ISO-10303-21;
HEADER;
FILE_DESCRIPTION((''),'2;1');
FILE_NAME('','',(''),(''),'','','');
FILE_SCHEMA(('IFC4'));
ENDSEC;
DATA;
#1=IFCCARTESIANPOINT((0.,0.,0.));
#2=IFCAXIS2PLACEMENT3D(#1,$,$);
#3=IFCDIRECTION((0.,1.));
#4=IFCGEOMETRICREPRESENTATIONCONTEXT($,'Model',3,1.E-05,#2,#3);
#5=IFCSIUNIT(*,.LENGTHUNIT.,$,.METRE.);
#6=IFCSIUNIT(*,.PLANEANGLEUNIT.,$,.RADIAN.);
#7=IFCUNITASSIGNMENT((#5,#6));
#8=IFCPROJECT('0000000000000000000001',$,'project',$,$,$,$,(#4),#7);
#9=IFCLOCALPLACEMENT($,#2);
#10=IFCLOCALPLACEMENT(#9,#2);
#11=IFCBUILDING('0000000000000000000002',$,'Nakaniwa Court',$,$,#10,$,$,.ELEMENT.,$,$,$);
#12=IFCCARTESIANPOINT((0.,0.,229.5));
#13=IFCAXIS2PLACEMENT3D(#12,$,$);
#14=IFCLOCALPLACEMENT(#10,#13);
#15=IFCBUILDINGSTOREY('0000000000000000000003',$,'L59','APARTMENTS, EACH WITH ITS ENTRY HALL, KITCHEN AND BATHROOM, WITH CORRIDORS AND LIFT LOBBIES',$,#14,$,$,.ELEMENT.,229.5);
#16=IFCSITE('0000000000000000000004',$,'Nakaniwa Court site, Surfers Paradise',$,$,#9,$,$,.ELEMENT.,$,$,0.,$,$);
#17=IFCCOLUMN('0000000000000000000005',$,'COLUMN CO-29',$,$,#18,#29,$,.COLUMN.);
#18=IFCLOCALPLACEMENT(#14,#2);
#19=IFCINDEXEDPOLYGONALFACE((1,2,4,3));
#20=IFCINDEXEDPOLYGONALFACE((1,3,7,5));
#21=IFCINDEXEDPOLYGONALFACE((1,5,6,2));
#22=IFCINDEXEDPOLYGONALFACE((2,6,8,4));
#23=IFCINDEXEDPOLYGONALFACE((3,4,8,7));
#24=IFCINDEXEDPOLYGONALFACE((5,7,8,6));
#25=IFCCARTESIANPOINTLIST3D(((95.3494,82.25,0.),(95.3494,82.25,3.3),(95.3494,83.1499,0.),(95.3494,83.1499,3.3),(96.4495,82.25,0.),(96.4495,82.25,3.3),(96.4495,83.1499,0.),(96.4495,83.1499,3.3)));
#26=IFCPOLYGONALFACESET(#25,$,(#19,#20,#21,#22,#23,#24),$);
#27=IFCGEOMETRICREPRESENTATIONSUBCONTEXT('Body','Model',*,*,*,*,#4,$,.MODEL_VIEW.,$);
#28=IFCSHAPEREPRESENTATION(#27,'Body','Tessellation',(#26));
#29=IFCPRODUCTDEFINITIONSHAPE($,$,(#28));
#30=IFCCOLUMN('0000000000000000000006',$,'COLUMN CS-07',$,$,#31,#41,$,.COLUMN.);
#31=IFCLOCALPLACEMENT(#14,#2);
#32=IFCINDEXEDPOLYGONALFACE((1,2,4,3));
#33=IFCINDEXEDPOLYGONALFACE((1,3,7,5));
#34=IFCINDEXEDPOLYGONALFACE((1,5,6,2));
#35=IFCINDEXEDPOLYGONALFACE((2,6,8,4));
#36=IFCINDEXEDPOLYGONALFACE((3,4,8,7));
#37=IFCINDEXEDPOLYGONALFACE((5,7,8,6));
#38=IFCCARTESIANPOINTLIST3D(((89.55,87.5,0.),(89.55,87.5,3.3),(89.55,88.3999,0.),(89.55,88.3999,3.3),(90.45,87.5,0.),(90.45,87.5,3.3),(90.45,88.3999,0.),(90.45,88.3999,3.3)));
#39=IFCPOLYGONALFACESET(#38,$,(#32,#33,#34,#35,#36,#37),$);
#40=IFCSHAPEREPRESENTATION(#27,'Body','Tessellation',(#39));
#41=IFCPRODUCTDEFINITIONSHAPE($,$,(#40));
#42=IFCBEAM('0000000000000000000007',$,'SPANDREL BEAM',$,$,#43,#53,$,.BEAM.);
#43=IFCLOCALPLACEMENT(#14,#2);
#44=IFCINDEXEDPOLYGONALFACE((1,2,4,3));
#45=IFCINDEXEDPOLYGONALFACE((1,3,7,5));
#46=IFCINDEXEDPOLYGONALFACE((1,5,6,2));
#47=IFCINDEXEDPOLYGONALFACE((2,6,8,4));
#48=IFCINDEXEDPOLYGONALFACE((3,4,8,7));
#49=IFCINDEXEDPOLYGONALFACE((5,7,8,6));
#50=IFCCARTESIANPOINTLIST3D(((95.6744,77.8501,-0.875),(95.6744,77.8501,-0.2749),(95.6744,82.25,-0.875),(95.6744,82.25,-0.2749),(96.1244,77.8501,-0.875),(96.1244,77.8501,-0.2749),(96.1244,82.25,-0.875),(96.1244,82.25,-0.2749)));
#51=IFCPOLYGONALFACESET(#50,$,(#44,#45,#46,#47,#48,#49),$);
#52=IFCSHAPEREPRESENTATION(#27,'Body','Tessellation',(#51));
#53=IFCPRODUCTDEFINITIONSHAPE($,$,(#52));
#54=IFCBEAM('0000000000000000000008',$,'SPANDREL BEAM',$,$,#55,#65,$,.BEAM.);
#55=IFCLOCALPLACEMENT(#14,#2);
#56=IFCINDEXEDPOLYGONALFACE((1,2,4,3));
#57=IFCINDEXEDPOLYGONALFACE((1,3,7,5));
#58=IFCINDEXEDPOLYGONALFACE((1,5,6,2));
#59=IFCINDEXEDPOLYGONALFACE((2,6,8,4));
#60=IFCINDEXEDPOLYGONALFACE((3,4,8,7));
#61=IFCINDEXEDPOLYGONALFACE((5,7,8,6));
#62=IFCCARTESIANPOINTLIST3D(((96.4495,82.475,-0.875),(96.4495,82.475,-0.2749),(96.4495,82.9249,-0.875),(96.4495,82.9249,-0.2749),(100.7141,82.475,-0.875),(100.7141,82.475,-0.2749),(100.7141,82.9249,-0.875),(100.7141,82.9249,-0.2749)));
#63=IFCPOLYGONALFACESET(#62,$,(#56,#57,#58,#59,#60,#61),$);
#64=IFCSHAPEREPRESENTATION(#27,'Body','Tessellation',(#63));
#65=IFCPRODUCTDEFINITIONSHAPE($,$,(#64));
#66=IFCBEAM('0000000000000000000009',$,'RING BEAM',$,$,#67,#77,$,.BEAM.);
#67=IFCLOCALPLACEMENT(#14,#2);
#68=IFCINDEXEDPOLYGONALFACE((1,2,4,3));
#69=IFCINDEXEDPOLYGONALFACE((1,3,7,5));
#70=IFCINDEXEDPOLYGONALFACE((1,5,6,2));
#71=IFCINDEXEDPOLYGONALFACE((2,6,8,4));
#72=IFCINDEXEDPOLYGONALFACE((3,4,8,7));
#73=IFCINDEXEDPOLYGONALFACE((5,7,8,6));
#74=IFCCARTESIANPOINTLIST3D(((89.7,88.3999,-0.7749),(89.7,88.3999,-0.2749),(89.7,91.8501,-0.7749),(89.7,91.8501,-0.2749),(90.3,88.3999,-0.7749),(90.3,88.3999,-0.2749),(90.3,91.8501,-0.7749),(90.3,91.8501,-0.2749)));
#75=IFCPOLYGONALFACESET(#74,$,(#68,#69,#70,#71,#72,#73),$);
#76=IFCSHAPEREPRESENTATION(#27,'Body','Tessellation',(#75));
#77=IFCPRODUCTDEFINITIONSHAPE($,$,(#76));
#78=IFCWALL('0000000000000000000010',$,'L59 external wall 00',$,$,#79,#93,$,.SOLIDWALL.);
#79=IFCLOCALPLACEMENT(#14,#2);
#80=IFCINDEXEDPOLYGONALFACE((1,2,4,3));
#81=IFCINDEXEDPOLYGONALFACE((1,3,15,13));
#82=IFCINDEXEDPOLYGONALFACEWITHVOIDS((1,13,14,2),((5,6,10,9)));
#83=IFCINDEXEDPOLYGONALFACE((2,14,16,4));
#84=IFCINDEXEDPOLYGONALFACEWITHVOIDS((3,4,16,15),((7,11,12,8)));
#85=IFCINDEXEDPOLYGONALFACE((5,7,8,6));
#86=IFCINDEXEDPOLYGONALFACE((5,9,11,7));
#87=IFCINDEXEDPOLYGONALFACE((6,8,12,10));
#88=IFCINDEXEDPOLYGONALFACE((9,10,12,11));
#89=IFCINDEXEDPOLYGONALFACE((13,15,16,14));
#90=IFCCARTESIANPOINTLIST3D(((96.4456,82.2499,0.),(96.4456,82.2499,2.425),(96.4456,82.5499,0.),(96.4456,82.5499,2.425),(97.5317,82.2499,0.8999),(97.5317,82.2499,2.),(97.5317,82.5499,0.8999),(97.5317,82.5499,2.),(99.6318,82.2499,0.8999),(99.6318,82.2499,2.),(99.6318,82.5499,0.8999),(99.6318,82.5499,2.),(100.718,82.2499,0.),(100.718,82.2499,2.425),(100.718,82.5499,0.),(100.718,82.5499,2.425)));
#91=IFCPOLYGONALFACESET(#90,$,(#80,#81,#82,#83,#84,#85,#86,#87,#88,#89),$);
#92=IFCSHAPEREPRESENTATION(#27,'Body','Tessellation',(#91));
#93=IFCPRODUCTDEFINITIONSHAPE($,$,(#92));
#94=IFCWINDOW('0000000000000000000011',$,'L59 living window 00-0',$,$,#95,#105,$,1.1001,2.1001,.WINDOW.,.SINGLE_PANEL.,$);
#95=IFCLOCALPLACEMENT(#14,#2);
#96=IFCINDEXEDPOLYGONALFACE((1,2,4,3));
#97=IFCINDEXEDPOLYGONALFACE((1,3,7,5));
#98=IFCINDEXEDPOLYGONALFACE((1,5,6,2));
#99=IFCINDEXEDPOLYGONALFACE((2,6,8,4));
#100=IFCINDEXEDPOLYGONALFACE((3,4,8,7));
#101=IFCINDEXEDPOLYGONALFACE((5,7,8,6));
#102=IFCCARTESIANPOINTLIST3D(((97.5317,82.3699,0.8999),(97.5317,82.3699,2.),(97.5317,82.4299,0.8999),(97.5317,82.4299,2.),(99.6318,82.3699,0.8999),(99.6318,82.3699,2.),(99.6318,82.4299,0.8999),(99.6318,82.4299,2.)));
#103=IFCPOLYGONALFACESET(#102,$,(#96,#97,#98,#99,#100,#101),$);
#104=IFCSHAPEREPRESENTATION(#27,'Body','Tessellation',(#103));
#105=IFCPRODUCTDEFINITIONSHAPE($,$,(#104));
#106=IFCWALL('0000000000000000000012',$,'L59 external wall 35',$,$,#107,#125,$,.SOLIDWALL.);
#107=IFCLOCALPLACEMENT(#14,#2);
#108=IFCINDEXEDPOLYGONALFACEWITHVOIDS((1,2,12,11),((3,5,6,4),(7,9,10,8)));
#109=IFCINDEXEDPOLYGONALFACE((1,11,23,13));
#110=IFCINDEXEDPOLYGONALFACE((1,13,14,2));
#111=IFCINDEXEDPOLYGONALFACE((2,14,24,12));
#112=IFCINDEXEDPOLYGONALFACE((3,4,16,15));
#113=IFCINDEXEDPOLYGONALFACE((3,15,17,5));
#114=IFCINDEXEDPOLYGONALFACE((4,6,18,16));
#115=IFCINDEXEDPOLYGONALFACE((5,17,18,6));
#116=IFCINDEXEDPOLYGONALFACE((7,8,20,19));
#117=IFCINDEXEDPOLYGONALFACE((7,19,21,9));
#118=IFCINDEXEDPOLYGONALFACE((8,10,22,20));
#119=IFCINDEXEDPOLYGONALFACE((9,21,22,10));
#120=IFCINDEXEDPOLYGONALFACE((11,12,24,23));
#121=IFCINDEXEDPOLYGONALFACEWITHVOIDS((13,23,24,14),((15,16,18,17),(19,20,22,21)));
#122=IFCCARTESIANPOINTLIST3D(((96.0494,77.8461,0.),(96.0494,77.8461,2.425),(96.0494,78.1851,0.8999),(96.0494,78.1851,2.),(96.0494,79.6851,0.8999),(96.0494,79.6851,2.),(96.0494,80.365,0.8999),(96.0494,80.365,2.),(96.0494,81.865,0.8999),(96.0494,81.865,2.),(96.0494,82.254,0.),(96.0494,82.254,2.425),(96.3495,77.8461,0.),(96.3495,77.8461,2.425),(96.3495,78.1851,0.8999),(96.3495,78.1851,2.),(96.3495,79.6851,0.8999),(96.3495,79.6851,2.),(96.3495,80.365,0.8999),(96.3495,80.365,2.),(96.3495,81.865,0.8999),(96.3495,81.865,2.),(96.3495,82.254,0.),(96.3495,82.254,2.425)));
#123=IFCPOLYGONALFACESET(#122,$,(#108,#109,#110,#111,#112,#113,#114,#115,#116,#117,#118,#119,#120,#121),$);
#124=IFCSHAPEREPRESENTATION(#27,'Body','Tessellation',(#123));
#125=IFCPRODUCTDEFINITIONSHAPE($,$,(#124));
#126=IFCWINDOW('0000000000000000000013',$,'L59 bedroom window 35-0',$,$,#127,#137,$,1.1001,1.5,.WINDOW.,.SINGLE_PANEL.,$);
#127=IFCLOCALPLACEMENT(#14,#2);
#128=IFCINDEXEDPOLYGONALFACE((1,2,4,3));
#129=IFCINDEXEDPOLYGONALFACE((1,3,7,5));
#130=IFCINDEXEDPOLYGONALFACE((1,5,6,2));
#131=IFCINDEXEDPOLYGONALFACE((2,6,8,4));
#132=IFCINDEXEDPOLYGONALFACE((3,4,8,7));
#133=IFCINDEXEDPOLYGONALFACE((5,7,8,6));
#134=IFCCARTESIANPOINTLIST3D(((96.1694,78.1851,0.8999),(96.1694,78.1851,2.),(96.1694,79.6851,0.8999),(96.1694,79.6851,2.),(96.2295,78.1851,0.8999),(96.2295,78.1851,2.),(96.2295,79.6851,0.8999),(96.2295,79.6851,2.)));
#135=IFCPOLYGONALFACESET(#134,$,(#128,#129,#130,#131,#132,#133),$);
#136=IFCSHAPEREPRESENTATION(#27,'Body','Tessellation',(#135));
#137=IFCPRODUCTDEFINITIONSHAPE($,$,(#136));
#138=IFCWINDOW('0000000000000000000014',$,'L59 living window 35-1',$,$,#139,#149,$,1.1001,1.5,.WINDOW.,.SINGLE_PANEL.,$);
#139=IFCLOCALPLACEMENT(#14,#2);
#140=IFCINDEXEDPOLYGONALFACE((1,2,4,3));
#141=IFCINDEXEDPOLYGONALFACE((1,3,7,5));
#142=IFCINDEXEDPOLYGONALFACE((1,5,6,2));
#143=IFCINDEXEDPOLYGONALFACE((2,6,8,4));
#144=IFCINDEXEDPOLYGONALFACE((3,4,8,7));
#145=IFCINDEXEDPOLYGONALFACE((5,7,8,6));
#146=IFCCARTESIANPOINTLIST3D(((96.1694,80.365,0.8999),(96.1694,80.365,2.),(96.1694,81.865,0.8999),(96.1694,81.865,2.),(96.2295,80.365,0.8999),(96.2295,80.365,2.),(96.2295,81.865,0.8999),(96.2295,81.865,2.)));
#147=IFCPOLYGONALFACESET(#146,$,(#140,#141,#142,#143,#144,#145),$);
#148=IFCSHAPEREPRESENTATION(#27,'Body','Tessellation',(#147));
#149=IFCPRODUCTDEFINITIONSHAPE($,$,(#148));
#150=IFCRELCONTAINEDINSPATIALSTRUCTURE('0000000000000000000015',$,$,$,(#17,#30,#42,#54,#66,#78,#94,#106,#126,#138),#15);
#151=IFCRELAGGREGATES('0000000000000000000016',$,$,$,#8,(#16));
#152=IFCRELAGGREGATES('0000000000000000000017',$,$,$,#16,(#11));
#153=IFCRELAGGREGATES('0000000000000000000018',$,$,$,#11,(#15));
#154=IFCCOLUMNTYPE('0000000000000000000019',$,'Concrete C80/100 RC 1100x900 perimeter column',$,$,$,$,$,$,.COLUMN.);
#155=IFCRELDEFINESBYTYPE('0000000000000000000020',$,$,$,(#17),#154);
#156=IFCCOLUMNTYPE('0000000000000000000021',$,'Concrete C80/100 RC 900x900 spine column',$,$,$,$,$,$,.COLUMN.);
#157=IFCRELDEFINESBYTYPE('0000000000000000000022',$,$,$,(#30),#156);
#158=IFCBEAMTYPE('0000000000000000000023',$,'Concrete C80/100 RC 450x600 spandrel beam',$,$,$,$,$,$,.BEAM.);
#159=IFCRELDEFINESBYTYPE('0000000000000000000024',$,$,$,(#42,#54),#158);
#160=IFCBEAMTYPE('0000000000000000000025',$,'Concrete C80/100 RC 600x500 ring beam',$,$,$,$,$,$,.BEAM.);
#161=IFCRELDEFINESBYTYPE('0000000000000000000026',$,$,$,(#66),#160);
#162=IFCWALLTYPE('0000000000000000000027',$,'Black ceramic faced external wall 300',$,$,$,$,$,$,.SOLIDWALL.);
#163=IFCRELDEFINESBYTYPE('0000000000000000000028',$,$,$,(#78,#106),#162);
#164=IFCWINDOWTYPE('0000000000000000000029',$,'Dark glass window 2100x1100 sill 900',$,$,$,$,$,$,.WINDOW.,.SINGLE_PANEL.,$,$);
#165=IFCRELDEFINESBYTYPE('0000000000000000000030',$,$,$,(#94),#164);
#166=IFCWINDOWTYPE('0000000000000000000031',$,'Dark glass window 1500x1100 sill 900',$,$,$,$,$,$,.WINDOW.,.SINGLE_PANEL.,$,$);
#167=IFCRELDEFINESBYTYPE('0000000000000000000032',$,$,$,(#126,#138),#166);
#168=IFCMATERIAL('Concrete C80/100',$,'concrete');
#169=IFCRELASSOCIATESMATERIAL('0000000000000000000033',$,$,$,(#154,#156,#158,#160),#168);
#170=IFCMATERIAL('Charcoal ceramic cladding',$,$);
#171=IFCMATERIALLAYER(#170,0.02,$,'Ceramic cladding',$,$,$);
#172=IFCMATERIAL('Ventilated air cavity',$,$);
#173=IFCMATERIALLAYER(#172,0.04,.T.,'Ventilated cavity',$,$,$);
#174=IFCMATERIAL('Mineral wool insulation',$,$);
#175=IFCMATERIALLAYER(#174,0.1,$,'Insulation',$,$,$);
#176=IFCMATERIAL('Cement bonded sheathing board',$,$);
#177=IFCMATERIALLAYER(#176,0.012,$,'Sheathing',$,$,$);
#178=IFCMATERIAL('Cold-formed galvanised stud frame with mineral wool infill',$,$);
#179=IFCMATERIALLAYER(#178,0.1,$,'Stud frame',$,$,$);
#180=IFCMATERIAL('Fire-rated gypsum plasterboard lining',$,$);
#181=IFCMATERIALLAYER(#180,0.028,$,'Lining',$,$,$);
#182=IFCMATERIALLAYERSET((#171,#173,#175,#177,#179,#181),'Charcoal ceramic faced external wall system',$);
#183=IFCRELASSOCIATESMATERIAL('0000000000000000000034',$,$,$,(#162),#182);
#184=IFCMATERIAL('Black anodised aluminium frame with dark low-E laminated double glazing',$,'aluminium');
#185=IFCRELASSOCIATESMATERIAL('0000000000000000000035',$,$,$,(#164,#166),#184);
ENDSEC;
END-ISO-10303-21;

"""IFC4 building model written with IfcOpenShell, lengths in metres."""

from ifc_helpers import new_model, si_unit, direction, frame, frame_2d, origin, origin_2d, place, context, subcontext, project, spatial, rectangle, extrude, material, layer, layer_set, material_profile, profile_set, type_object, element, fill, save


model = new_model("IFC4")

# Units and contexts
model_context = context("Model", 3, precision=1e-05, world=origin(), true_north=direction((0.0, 1.0)))
body_context = subcontext(model_context, "Body", "Model", "MODEL_VIEW")
ifc_project = project(units=[si_unit("LENGTHUNIT", "METRE"), si_unit("PLANEANGLEUNIT", "RADIAN")], contexts=[model_context])

# Site, building, storey
site_placement = place(None, origin())
site = spatial("IfcSite", under=ifc_project, at=site_placement, Name="Nakaniwa Court site, Surfers Paradise", CompositionType="ELEMENT", RefElevation=0.0)
building_placement = place(site_placement, origin())
building = spatial("IfcBuilding", under=site, at=building_placement, Name="Nakaniwa Court", CompositionType="ELEMENT")
storey_placement = place(building_placement, frame((0.0, 0.0, 229.5)))
storey = spatial("IfcBuildingStorey", under=building, at=storey_placement, Name="L59", Description="APARTMENTS, EACH WITH ITS ENTRY HALL, KITCHEN AND BATHROOM, WITH CORRIDORS AND LIFT LOBBIES", CompositionType="ELEMENT", Elevation=229.5)

# Columns
ifc_material_1 = material(Name="Concrete C80/100", Category="concrete")
ifc_material_profile_1 = material_profile(ifc_material_1, rectangle(XDim=1.1001, YDim=0.8999, at=origin_2d()), Name="Concrete C80/100 RC 1100x900 perimeter column")
ifc_profile_set_1 = profile_set([ifc_material_profile_1], Name="Concrete C80/100")
column_type_1 = type_object("IfcColumnType", Name="Concrete C80/100 RC 1100x900 perimeter column", PredefinedType="COLUMN", material=ifc_profile_set_1)
column_1_placement = place(storey_placement, frame((95.8994, 82.7, 0.0), z_axis=(0.0, 0.0, 1.0), x_axis=(1.0, 0.0, 0.0)))
element("IfcColumn", 1, at=column_1_placement, inside=storey, type_object=column_type_1, Name="COLUMN CO-29", PredefinedType="COLUMN", context=body_context, shape_type="SweptSolid", body=[
    extrude(rectangle(XDim=1.1001, YDim=0.8999, at=origin_2d()), origin(), (0.0, 0.0, 1.0), 3.3),
])
ifc_material_profile_2 = material_profile(ifc_material_1, rectangle(XDim=0.8999, YDim=0.8999, at=origin_2d()), Name="Concrete C80/100 RC 900x900 spine column")
ifc_profile_set_2 = profile_set([ifc_material_profile_2], Name="Concrete C80/100")
column_type_2 = type_object("IfcColumnType", Name="Concrete C80/100 RC 900x900 spine column", PredefinedType="COLUMN", material=ifc_profile_set_2)
column_2_placement = place(storey_placement, frame((90.0, 87.95, 0.0), z_axis=(0.0, 0.0, 1.0), x_axis=(0.0, 1.0, 0.0)))
element("IfcColumn", 2, at=column_2_placement, inside=storey, type_object=column_type_2, Name="COLUMN CS-07", PredefinedType="COLUMN", context=body_context, shape_type="SweptSolid", body=[
    extrude(rectangle(XDim=0.8999, YDim=0.8999, at=origin_2d()), origin(), (0.0, 0.0, 1.0), 3.3),
])

# Beams
ifc_material_profile_3 = material_profile(ifc_material_1, rectangle(XDim=0.45, YDim=0.6001, at=origin_2d()), Name="Concrete C80/100 RC 450x600 spandrel beam")
ifc_profile_set_3 = profile_set([ifc_material_profile_3], Name="Concrete C80/100")
beam_type_1 = type_object("IfcBeamType", Name="Concrete C80/100 RC 450x600 spandrel beam", PredefinedType="BEAM", material=ifc_profile_set_3)
beam_1_placement = place(storey_placement, frame((95.8994, 77.8501, -0.575), z_axis=(0.0, 1.0, 0.0), x_axis=(-1.0, 0.0, 0.0)))
element("IfcBeam", 3, at=beam_1_placement, inside=storey, type_object=beam_type_1, Name="SPANDREL BEAM", PredefinedType="BEAM", context=body_context, shape_type="SweptSolid", body=[
    extrude(rectangle(XDim=0.45, YDim=0.6001, at=origin_2d()), origin(), (0.0, 0.0, 1.0), 4.3999),
])
beam_2_placement = place(storey_placement, frame((96.4495, 82.7, -0.575), z_axis=(1.0, 0.0, 0.0), x_axis=(0.0, 1.0, 0.0)))
element("IfcBeam", 4, at=beam_2_placement, inside=storey, type_object=beam_type_1, Name="SPANDREL BEAM", PredefinedType="BEAM", context=body_context, shape_type="SweptSolid", body=[
    extrude(rectangle(XDim=0.45, YDim=0.6001, at=origin_2d()), origin(), (0.0, 0.0, 1.0), 4.2646),
])
ifc_material_profile_4 = material_profile(ifc_material_1, rectangle(XDim=0.6001, YDim=0.5, at=origin_2d()), Name="Concrete C80/100 RC 600x500 ring beam")
ifc_profile_set_4 = profile_set([ifc_material_profile_4], Name="Concrete C80/100")
beam_type_2 = type_object("IfcBeamType", Name="Concrete C80/100 RC 600x500 ring beam", PredefinedType="BEAM", material=ifc_profile_set_4)
beam_3_placement = place(storey_placement, frame((90.0, 88.3999, -0.5249), z_axis=(0.0, 1.0, 0.0), x_axis=(-1.0, 0.0, 0.0)))
element("IfcBeam", 5, at=beam_3_placement, inside=storey, type_object=beam_type_2, Name="RING BEAM", PredefinedType="BEAM", context=body_context, shape_type="SweptSolid", body=[
    extrude(rectangle(XDim=0.6001, YDim=0.5, at=origin_2d()), origin(), (0.0, 0.0, 1.0), 3.4502),
])

# Wall, opening, window
ifc_material_2 = material(Name="Charcoal ceramic cladding")
ifc_layer_1 = layer(ifc_material_2, 0.02, Name="Ceramic cladding")
ifc_material_3 = material(Name="Ventilated air cavity")
ifc_layer_2 = layer(ifc_material_3, 0.04, ventilated=True, Name="Ventilated cavity")
ifc_material_4 = material(Name="Mineral wool insulation")
ifc_layer_3 = layer(ifc_material_4, 0.1, Name="Insulation")
ifc_material_5 = material(Name="Cement bonded sheathing board")
ifc_layer_4 = layer(ifc_material_5, 0.012, Name="Sheathing")
ifc_material_6 = material(Name="Cold-formed galvanised stud frame with mineral wool infill")
ifc_layer_5 = layer(ifc_material_6, 0.1, Name="Stud frame")
ifc_material_7 = material(Name="Fire-rated gypsum plasterboard lining")
ifc_layer_6 = layer(ifc_material_7, 0.028, Name="Lining")
ifc_layer_set_1 = layer_set([ifc_layer_1, ifc_layer_2, ifc_layer_3, ifc_layer_4, ifc_layer_5, ifc_layer_6], Name="Charcoal ceramic faced external wall system")
wall_type_1 = type_object("IfcWallType", Name="Black ceramic faced external wall 300", PredefinedType="SOLIDWALL", material=ifc_layer_set_1)
wall_1_placement = place(storey_placement, frame((96.4456, 82.3999, 0.0), z_axis=(0.0, 0.0, 1.0), x_axis=(1.0, 0.0, 0.0)))
wall_1 = element("IfcWall", 6, at=wall_1_placement, inside=storey, type_object=wall_type_1, Name="L59 external wall 00", PredefinedType="SOLIDWALL", context=body_context, shape_type="SweptSolid", body=[
    extrude(rectangle(XDim=4.2725, YDim=0.3, at=frame_2d((2.1362, 0.0))), origin(), (0.0, 0.0, 1.0), 2.425),
])
opening_1_placement = place(wall_1_placement, frame((1.0862, 0.0, 0.8999)))
opening_1 = element("IfcOpeningElement", 7, at=opening_1_placement, cuts=wall_1, PredefinedType="OPENING", context=body_context, shape_type="SweptSolid", body=[
    extrude(rectangle(XDim=2.1001, YDim=1.1001, at=frame_2d((1.05, 0.55))), frame((0.0, 0.1599, 0.0), z_axis=(0.0, -1.0, 0.0), x_axis=(1.0, 0.0, 0.0)), (0.0, 0.0, 1.0), 0.3201),
])
ifc_material_8 = material(Name="Black anodised aluminium frame with dark low-E laminated double glazing", Category="aluminium")
window_type_1 = type_object("IfcWindowType", Name="Dark glass window 2100x1100 sill 900", PartitioningType="SINGLE_PANEL", PredefinedType="WINDOW", material=ifc_material_8)
window_1_placement = place(opening_1_placement, origin())
window_1 = element("IfcWindow", 8, at=window_1_placement, inside=storey, type_object=window_type_1, Name="L59 living window 00-0", OverallHeight=1.1001, OverallWidth=2.1001, PartitioningType="SINGLE_PANEL", PredefinedType="WINDOW", context=body_context, shape_type="SweptSolid", body=[
    extrude(rectangle(XDim=2.1001, YDim=1.1001, at=frame_2d((1.05, 0.55))), frame((0.0, 0.03, 0.0), z_axis=(0.0, -1.0, 0.0), x_axis=(1.0, 0.0, 0.0)), (0.0, 0.0, 1.0), 0.0601),
])
fill(opening_1, window_1)

# Wall, openings, windows
wall_2_placement = place(storey_placement, frame((96.1995, 77.8459, 0.0), z_axis=(0.0, 0.0, 1.0), x_axis=(0.0, 1.0, 0.0)))
wall_2 = element("IfcWall", 9, at=wall_2_placement, inside=storey, type_object=wall_type_1, Name="L59 external wall 35", PredefinedType="SOLIDWALL", context=body_context, shape_type="SweptSolid", body=[
    extrude(rectangle(XDim=4.408, YDim=0.3, at=frame_2d((2.2041, 0.0))), origin(), (0.0, 0.0, 1.0), 2.425),
])
opening_2_placement = place(wall_2_placement, frame((0.3391, 0.0, 0.8999)))
opening_2 = element("IfcOpeningElement", 10, at=opening_2_placement, cuts=wall_2, PredefinedType="OPENING", context=body_context, shape_type="SweptSolid", body=[
    extrude(rectangle(XDim=1.5, YDim=1.1001, at=frame_2d((0.75, 0.55))), frame((0.0, 0.1599, 0.0), z_axis=(0.0, -1.0, 0.0), x_axis=(1.0, 0.0, 0.0)), (0.0, 0.0, 1.0), 0.3201),
])
opening_3_placement = place(wall_2_placement, frame((2.519, 0.0, 0.8999)))
opening_3 = element("IfcOpeningElement", 11, at=opening_3_placement, cuts=wall_2, PredefinedType="OPENING", context=body_context, shape_type="SweptSolid", body=[
    extrude(rectangle(XDim=1.5, YDim=1.1001, at=frame_2d((0.75, 0.55))), frame((0.0, 0.1599, 0.0), z_axis=(0.0, -1.0, 0.0), x_axis=(1.0, 0.0, 0.0)), (0.0, 0.0, 1.0), 0.3201),
])
window_type_2 = type_object("IfcWindowType", Name="Dark glass window 1500x1100 sill 900", PartitioningType="SINGLE_PANEL", PredefinedType="WINDOW", material=ifc_material_8)
window_2_placement = place(opening_2_placement, origin())
window_2 = element("IfcWindow", 12, at=window_2_placement, inside=storey, type_object=window_type_2, Name="L59 bedroom window 35-0", OverallHeight=1.1001, OverallWidth=1.5, PartitioningType="SINGLE_PANEL", PredefinedType="WINDOW", context=body_context, shape_type="SweptSolid", body=[
    extrude(rectangle(XDim=1.5, YDim=1.1001, at=frame_2d((0.75, 0.55))), frame((0.0, 0.03, 0.0), z_axis=(0.0, -1.0, 0.0), x_axis=(1.0, 0.0, 0.0)), (0.0, 0.0, 1.0), 0.0601),
])
fill(opening_2, window_2)
window_3_placement = place(opening_3_placement, origin())
window_3 = element("IfcWindow", 13, at=window_3_placement, inside=storey, type_object=window_type_2, Name="L59 living window 35-1", OverallHeight=1.1001, OverallWidth=1.5, PartitioningType="SINGLE_PANEL", PredefinedType="WINDOW", context=body_context, shape_type="SweptSolid", body=[
    extrude(rectangle(XDim=1.5, YDim=1.1001, at=frame_2d((0.75, 0.55))), frame((0.0, 0.03, 0.0), z_axis=(0.0, -1.0, 0.0), x_axis=(1.0, 0.0, 0.0)), (0.0, 0.0, 1.0), 0.0601),
])
fill(opening_3, window_3)

save(model, "model.ifc")
